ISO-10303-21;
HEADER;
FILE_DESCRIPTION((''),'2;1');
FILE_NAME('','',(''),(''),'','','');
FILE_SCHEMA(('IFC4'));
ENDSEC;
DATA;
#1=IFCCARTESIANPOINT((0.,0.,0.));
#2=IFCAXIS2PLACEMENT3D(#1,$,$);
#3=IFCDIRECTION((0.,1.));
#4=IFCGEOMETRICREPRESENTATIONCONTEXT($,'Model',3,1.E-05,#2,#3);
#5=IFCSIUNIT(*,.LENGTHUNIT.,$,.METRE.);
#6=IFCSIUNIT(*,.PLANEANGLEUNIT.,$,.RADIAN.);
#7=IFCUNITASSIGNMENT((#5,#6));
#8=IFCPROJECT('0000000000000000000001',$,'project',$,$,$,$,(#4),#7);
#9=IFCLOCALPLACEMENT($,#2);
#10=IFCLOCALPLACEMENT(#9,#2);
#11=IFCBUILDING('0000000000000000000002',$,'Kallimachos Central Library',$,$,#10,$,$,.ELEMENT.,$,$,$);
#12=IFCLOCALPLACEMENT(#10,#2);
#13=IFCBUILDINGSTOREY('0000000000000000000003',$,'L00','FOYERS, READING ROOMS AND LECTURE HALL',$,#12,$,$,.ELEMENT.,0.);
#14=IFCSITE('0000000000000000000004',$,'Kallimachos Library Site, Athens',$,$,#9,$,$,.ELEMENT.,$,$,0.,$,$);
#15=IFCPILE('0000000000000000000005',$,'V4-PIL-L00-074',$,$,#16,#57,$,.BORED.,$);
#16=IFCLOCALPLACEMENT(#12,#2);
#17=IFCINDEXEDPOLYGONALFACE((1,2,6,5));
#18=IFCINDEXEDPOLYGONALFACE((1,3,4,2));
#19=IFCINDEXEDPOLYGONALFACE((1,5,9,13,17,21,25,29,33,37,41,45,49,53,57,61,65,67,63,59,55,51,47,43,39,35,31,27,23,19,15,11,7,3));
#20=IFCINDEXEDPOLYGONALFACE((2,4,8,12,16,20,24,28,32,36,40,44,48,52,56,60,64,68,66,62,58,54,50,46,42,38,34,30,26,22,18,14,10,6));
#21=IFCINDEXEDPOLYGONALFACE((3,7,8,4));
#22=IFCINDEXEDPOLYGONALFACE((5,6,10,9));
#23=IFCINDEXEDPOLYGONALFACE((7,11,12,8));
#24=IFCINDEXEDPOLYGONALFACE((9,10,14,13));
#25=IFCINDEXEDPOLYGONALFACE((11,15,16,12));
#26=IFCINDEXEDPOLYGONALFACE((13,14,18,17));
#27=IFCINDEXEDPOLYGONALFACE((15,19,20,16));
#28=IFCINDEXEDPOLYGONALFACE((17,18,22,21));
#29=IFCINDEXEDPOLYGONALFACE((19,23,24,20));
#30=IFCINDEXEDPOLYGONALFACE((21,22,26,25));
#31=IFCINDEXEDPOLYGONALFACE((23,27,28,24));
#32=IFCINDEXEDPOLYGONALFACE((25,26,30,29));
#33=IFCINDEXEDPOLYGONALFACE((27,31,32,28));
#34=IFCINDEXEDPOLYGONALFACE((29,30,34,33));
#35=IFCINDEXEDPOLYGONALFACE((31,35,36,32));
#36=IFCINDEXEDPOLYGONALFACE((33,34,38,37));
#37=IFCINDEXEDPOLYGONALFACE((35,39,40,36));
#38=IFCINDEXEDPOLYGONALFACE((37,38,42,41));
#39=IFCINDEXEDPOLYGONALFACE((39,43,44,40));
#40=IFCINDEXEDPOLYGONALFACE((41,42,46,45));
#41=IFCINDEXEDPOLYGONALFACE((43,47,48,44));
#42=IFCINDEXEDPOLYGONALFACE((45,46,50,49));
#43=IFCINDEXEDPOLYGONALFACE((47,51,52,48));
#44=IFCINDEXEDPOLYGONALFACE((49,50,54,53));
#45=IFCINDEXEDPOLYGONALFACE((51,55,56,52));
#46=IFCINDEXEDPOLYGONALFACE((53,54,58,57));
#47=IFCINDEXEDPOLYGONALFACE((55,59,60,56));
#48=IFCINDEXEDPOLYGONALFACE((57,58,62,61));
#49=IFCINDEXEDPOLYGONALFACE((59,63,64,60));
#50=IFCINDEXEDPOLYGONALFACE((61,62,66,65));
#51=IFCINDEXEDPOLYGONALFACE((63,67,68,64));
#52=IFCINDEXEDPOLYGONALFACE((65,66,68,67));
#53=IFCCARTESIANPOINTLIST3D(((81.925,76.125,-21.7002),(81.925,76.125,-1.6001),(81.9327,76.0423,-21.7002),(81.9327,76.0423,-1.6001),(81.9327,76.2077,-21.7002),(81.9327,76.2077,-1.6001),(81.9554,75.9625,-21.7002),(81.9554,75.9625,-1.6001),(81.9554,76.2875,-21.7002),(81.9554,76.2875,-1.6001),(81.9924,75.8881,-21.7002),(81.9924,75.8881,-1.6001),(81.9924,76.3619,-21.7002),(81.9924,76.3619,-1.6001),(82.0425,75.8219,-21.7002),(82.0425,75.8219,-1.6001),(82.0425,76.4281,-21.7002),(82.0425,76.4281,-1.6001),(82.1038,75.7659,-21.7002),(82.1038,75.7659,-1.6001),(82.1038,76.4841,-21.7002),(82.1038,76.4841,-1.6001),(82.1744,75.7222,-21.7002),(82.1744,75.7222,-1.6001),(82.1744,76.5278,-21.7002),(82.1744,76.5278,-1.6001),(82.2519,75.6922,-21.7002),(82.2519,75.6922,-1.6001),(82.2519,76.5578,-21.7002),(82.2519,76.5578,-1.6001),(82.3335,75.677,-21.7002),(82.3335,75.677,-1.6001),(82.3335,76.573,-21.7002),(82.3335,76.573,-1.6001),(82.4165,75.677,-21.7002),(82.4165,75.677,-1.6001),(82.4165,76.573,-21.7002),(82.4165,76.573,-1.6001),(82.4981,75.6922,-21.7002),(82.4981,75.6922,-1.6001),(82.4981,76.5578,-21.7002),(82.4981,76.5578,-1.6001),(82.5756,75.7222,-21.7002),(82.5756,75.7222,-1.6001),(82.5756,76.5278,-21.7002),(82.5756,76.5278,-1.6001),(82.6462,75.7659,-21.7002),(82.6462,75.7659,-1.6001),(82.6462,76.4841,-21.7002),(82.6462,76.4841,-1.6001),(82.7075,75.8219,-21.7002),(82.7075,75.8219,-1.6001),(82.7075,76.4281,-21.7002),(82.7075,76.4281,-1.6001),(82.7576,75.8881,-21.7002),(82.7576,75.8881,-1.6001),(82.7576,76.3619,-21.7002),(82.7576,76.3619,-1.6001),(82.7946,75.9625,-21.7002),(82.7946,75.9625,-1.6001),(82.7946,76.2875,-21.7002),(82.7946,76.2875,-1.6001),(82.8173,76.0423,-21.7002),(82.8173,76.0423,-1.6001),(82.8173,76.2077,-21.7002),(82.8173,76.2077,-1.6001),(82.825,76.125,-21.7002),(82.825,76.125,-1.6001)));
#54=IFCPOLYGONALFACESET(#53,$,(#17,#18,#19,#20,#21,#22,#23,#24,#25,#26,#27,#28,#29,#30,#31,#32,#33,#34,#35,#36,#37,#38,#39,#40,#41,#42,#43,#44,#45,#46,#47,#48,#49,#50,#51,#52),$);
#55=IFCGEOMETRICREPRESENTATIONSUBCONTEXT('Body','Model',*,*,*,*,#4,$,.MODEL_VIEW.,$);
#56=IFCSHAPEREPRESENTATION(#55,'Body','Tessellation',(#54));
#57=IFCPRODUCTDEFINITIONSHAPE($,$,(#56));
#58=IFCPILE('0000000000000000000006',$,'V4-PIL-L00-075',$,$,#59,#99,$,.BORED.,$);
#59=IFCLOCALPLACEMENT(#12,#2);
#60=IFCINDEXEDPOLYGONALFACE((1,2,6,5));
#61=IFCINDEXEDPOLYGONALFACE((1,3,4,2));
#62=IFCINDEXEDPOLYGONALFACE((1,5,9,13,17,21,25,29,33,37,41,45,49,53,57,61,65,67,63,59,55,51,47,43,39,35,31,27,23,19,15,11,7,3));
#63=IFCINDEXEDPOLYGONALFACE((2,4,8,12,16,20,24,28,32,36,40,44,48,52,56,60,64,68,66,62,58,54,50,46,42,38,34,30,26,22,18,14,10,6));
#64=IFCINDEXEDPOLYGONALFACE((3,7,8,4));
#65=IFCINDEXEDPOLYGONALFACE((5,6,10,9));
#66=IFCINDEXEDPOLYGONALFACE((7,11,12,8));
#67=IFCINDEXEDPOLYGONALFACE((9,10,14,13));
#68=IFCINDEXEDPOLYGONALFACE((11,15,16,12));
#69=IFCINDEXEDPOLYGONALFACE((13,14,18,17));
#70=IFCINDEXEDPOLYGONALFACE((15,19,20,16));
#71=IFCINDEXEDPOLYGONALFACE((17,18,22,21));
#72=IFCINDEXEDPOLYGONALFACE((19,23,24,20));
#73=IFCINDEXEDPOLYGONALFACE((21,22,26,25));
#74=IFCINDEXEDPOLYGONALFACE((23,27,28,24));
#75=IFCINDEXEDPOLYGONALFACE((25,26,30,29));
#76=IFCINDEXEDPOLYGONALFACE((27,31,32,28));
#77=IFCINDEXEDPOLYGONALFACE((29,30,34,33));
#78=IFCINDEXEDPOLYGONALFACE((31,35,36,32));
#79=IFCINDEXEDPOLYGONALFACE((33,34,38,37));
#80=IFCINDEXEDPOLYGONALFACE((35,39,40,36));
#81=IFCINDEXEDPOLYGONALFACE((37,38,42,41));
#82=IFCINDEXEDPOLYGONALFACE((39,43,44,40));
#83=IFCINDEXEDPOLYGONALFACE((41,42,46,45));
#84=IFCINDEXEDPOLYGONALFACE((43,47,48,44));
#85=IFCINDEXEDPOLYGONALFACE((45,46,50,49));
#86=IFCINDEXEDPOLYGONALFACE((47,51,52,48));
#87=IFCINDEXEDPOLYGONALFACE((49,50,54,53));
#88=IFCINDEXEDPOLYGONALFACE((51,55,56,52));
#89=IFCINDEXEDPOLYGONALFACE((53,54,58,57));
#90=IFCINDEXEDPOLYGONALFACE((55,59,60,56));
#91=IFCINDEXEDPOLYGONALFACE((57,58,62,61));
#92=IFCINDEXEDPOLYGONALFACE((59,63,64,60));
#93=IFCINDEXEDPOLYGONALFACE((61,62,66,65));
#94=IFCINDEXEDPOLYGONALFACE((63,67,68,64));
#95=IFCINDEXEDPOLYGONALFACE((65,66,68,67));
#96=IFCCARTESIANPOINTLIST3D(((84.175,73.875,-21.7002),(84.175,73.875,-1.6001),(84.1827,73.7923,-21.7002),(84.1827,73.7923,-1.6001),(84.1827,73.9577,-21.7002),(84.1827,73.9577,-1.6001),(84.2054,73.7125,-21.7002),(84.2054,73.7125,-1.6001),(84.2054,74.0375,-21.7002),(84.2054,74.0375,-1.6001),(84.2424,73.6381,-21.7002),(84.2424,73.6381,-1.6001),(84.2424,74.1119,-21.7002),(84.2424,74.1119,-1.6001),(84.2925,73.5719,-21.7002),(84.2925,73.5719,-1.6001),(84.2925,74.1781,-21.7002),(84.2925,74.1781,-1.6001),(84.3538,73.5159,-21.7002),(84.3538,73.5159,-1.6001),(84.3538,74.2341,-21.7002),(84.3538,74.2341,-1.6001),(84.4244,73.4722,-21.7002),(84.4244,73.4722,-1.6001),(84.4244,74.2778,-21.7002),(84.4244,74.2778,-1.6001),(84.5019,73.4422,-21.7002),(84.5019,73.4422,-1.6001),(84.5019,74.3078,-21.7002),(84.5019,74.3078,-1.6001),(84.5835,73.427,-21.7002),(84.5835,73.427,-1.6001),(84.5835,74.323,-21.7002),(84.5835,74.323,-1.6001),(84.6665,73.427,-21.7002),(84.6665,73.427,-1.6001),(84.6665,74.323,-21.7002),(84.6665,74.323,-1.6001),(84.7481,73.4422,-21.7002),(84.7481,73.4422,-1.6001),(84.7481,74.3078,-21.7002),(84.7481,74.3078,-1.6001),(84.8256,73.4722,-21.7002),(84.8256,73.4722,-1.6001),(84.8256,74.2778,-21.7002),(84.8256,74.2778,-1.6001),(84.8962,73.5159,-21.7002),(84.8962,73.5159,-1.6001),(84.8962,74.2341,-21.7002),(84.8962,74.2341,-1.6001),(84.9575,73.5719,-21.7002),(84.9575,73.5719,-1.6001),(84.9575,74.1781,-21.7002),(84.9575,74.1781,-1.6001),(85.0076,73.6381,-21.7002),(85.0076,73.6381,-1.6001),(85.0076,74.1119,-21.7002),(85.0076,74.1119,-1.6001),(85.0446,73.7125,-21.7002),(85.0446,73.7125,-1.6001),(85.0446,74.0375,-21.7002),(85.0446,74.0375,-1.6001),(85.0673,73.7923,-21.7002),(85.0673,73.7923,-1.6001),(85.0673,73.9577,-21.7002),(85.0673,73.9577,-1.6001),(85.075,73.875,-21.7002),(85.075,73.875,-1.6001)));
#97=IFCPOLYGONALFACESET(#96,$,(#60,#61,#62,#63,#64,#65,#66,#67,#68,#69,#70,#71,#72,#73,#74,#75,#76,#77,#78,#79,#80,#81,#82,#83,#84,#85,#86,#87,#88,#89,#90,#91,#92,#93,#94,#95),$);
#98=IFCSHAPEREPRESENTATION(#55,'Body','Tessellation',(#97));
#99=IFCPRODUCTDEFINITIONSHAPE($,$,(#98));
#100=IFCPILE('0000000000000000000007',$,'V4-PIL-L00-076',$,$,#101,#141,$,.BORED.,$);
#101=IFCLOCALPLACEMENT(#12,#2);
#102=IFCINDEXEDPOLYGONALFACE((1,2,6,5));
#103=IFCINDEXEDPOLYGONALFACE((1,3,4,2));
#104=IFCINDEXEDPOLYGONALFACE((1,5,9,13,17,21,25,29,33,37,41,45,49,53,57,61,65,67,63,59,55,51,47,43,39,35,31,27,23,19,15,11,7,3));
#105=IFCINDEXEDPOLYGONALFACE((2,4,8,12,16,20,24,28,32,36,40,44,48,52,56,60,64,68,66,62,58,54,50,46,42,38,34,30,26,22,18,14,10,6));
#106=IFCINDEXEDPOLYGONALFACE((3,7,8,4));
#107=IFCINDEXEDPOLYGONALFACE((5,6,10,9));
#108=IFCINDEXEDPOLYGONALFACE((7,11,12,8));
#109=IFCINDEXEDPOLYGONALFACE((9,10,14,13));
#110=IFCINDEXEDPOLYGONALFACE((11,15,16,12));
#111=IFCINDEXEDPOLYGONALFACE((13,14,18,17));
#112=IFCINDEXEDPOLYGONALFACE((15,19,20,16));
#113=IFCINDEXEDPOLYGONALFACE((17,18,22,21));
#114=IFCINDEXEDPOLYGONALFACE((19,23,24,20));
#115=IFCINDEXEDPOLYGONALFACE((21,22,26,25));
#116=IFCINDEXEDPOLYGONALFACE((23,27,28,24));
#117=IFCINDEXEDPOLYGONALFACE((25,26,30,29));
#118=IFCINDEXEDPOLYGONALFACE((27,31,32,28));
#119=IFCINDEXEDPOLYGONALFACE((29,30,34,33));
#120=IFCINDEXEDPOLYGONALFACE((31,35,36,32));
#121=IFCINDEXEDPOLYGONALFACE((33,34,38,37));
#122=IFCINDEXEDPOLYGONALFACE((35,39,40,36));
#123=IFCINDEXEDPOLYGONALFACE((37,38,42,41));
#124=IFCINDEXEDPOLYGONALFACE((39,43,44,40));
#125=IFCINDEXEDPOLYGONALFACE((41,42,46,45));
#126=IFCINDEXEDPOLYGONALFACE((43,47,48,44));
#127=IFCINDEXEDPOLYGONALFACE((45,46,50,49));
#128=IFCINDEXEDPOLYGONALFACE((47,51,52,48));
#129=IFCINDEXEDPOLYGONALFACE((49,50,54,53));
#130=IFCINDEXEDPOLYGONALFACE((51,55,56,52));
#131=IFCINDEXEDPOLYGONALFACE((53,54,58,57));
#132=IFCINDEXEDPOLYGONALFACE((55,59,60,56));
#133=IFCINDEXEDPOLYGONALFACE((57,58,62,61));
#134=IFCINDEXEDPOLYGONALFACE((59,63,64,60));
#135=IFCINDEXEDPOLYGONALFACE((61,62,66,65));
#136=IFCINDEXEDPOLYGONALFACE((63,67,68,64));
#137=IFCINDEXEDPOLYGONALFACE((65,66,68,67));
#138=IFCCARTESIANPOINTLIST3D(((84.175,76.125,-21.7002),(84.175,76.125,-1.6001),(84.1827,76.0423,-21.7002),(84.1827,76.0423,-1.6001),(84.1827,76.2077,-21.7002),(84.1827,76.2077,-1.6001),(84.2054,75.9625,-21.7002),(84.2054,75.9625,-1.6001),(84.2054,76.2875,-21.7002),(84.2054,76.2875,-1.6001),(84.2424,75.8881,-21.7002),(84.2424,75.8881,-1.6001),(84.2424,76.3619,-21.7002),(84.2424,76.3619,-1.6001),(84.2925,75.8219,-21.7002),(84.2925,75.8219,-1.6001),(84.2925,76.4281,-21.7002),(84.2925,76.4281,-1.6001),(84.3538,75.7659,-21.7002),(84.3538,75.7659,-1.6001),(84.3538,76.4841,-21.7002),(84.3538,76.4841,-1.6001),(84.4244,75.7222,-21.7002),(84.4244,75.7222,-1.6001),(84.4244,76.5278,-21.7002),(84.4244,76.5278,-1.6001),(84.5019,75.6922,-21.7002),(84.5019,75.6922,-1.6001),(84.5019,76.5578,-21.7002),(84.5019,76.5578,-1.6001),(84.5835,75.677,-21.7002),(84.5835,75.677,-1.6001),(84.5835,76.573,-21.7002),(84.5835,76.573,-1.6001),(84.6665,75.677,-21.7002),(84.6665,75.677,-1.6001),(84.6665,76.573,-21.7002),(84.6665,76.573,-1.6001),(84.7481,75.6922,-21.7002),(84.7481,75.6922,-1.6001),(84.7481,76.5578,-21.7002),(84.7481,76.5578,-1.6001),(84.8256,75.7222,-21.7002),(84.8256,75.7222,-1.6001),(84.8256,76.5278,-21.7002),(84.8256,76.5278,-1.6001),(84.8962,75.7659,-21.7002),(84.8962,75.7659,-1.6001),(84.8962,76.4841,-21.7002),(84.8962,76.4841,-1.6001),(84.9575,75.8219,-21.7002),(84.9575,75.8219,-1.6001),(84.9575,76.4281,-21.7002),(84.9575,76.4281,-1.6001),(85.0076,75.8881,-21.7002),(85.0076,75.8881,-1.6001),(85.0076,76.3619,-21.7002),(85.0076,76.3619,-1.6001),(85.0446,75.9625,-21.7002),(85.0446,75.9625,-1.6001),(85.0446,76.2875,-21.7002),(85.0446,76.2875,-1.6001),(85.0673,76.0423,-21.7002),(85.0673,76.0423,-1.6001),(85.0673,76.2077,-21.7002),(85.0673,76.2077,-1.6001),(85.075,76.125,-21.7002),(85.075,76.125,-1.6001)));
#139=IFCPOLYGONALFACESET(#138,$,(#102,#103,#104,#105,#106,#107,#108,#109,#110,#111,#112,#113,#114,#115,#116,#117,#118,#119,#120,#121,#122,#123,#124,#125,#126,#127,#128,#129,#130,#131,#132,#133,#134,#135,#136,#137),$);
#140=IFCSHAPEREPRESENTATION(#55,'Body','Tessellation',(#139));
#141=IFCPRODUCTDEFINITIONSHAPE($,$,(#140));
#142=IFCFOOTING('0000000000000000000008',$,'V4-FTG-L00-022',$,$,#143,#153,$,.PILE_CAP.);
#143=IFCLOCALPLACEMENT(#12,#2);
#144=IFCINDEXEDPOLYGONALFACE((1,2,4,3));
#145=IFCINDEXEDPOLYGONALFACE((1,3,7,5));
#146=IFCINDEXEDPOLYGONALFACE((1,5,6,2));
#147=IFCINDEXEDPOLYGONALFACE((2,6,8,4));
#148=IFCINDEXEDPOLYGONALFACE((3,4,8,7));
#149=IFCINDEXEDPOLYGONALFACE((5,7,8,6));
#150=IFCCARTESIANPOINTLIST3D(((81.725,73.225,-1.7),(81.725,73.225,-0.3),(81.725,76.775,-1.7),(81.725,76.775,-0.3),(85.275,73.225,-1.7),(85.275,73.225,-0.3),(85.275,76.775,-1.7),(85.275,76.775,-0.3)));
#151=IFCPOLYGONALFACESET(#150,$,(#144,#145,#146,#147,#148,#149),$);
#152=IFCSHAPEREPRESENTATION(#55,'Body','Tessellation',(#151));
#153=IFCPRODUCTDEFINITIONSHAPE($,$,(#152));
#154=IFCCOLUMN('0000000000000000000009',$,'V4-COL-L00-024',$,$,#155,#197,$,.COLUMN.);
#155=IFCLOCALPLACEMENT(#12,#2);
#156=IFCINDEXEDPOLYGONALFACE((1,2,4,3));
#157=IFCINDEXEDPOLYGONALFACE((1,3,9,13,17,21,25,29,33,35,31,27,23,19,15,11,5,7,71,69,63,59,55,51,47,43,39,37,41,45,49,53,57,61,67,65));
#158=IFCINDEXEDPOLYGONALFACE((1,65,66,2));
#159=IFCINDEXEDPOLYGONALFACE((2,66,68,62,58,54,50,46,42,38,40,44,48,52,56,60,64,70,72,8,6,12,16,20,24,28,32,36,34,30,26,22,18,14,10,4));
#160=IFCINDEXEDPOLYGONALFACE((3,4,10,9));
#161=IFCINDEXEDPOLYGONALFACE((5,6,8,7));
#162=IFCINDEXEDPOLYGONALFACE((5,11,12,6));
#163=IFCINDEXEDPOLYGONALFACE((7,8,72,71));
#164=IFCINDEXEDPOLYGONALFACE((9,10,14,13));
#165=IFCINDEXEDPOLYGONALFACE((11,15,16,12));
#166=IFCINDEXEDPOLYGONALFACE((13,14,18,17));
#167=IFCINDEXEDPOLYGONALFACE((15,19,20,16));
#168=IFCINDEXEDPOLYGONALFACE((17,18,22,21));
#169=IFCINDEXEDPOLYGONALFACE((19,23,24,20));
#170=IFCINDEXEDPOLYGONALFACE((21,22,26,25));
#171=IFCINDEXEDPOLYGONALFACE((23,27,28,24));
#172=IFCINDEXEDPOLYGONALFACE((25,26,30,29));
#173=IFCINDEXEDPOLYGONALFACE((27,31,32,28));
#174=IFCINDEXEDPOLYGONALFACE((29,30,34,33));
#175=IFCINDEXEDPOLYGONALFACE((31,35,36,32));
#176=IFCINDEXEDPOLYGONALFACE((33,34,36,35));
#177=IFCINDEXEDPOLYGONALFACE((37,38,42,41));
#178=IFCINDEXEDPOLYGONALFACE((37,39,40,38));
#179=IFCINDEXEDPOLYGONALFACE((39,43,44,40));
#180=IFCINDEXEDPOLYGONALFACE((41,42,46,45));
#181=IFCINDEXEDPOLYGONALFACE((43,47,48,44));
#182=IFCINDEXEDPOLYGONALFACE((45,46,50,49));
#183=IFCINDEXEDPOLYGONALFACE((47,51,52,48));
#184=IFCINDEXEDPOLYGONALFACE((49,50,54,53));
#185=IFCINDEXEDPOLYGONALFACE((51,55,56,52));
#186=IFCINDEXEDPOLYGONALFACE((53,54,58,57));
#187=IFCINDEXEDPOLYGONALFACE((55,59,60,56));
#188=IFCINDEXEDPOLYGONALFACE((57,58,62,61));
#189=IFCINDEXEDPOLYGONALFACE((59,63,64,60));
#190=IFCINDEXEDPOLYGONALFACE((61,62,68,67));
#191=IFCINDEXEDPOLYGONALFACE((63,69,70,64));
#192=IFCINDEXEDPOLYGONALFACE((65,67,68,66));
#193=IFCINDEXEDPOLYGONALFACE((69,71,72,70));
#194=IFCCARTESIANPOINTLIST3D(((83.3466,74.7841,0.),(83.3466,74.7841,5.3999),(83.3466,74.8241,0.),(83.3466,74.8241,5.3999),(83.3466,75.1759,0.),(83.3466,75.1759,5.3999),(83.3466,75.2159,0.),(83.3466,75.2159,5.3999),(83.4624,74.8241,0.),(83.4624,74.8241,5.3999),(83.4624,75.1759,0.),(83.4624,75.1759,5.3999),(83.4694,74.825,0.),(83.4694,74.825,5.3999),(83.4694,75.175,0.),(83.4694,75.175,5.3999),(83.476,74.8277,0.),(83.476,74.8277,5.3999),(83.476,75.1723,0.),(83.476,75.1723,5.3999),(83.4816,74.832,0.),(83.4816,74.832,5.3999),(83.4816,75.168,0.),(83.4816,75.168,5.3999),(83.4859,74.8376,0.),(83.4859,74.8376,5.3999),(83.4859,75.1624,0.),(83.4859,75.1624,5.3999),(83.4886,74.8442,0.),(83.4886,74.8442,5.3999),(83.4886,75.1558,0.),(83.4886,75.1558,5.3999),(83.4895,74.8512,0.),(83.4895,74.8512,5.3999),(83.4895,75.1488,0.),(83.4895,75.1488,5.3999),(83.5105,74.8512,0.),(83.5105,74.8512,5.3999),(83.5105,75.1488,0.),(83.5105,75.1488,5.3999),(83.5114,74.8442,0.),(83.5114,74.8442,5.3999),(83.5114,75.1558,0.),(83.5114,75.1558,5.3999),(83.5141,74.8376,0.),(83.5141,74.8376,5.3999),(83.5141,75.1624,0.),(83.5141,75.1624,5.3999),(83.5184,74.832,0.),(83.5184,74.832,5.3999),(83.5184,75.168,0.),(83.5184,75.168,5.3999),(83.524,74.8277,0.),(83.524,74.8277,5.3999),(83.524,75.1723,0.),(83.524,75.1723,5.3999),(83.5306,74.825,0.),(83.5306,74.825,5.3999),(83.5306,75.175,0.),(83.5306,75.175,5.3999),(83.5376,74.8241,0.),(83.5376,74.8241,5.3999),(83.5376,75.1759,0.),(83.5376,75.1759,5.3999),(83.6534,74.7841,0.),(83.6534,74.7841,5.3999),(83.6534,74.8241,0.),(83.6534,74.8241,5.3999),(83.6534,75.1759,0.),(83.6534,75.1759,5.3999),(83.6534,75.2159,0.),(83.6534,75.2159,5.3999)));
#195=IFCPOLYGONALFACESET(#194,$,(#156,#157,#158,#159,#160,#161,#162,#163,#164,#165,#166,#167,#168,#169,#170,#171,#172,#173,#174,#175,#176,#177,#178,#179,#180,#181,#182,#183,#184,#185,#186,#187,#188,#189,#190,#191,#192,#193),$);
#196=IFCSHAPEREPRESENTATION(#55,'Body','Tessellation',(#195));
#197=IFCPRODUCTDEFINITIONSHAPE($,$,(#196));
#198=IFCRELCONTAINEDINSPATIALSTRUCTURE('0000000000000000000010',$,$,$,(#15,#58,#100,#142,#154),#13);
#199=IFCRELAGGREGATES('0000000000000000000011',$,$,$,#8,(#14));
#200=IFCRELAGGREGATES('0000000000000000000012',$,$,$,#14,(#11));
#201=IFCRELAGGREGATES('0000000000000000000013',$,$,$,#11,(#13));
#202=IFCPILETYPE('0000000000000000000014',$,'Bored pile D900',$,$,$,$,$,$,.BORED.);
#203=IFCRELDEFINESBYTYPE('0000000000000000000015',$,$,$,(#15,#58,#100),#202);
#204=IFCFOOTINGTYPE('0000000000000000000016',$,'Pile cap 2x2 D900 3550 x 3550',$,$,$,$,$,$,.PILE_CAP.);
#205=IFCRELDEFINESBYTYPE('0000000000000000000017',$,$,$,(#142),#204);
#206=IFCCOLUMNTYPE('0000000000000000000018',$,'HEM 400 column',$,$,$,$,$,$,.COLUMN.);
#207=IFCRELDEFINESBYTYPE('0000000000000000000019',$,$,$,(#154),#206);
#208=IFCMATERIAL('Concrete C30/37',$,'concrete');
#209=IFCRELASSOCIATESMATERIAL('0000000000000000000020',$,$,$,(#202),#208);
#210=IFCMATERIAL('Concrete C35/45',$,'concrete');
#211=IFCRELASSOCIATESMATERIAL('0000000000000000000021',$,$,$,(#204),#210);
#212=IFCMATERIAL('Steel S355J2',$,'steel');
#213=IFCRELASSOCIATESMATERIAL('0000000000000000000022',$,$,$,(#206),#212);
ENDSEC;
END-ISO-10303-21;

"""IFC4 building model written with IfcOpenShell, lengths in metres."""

from ifc_helpers import new_model, si_unit, direction, frame, origin, origin_2d, place, context, subcontext, project, spatial, rectangle, circle, i_section, extrude, material, material_profile, profile_set, type_object, element, save


model = new_model("IFC4")

# Units and contexts
model_context = context("Model", 3, precision=1e-05, world=origin(), true_north=direction((0.0, 1.0)))
body_context = subcontext(model_context, "Body", "Model", "MODEL_VIEW")
ifc_project = project(units=[si_unit("LENGTHUNIT", "METRE"), si_unit("PLANEANGLEUNIT", "RADIAN")], contexts=[model_context])

# Site, building, storey
site_placement = place(None, origin())
site = spatial("IfcSite", under=ifc_project, at=site_placement, Name="Kallimachos Library Site, Athens", CompositionType="ELEMENT", RefElevation=0.0)
building_placement = place(site_placement, origin())
building = spatial("IfcBuilding", under=site, at=building_placement, Name="Kallimachos Central Library", CompositionType="ELEMENT")
storey_placement = place(building_placement, origin())
storey = spatial("IfcBuildingStorey", under=building, at=storey_placement, Name="L00", Description="FOYERS, READING ROOMS AND LECTURE HALL", CompositionType="ELEMENT", Elevation=0.0)

# Piles
ifc_material_1 = material(Name="Concrete C30/37", Category="concrete")
pile_type = type_object("IfcPileType", Name="Bored pile D900", PredefinedType="BORED", material=ifc_material_1)
for number, where, z_axis, x_axis, name in (
    (1, (82.375, 76.125, -1.6001), (0.0, 0.0, -1.0), (1.0, 0.0, 0.0), "V4-PIL-L00-074"),
    (2, (84.625, 73.875, -1.6001), (0.0, 0.0, -1.0), (1.0, 0.0, 0.0), "V4-PIL-L00-075"),
    (3, (84.625, 76.125, -1.6001), (0.0, 0.0, -1.0), (1.0, 0.0, 0.0), "V4-PIL-L00-076"),
):
    element("IfcPile", number, at=place(storey_placement, frame(where, z_axis=z_axis, x_axis=x_axis)), inside=storey, type_object=pile_type, Name=name, PredefinedType="BORED", context=body_context, shape_type="SweptSolid", body=[
        extrude(circle(Radius=0.45, at=origin_2d()), origin(), (0.0, 0.0, 1.0), 20.1001),
    ])

# Footing
ifc_material_2 = material(Name="Concrete C35/45", Category="concrete")
footing_type = type_object("IfcFootingType", Name="Pile cap 2x2 D900 3550 x 3550", PredefinedType="PILE_CAP", material=ifc_material_2)
footing_placement = place(storey_placement, frame((83.5, 75.0, -1.7), z_axis=(0.0, 0.0, 1.0), x_axis=(1.0, 0.0, 0.0)))
element("IfcFooting", 4, at=footing_placement, inside=storey, type_object=footing_type, Name="V4-FTG-L00-022", PredefinedType="PILE_CAP", context=body_context, shape_type="SweptSolid", body=[
    extrude(rectangle(XDim=3.55, YDim=3.55, at=origin_2d()), origin(), (0.0, 0.0, 1.0), 1.3999),
])

# Column
ifc_material_3 = material(Name="Steel S355J2", Category="steel")
ifc_material_profile_1 = material_profile(ifc_material_3, i_section(OverallWidth=0.3069, OverallDepth=0.4319, WebThickness=0.021, FlangeThickness=0.04, FilletRadius=0.0271, at=origin_2d()), Name="HEM 400")
ifc_profile_set_1 = profile_set([ifc_material_profile_1], Name="Steel S355J2")
column_type = type_object("IfcColumnType", Name="HEM 400 column", PredefinedType="COLUMN", material=ifc_profile_set_1)
column_placement = place(storey_placement, frame((83.5, 75.0, 0.0), z_axis=(0.0, 0.0, 1.0), x_axis=(1.0, 0.0, 0.0)))
element("IfcColumn", 5, at=column_placement, inside=storey, type_object=column_type, Name="V4-COL-L00-024", PredefinedType="COLUMN", context=body_context, shape_type="SweptSolid", body=[
    extrude(i_section(OverallWidth=0.3069, OverallDepth=0.4319, WebThickness=0.021, FlangeThickness=0.04, FilletRadius=0.0271, at=origin_2d()), origin(), (0.0, 0.0, 1.0), 5.3999),
])

save(model, "model.ifc")
